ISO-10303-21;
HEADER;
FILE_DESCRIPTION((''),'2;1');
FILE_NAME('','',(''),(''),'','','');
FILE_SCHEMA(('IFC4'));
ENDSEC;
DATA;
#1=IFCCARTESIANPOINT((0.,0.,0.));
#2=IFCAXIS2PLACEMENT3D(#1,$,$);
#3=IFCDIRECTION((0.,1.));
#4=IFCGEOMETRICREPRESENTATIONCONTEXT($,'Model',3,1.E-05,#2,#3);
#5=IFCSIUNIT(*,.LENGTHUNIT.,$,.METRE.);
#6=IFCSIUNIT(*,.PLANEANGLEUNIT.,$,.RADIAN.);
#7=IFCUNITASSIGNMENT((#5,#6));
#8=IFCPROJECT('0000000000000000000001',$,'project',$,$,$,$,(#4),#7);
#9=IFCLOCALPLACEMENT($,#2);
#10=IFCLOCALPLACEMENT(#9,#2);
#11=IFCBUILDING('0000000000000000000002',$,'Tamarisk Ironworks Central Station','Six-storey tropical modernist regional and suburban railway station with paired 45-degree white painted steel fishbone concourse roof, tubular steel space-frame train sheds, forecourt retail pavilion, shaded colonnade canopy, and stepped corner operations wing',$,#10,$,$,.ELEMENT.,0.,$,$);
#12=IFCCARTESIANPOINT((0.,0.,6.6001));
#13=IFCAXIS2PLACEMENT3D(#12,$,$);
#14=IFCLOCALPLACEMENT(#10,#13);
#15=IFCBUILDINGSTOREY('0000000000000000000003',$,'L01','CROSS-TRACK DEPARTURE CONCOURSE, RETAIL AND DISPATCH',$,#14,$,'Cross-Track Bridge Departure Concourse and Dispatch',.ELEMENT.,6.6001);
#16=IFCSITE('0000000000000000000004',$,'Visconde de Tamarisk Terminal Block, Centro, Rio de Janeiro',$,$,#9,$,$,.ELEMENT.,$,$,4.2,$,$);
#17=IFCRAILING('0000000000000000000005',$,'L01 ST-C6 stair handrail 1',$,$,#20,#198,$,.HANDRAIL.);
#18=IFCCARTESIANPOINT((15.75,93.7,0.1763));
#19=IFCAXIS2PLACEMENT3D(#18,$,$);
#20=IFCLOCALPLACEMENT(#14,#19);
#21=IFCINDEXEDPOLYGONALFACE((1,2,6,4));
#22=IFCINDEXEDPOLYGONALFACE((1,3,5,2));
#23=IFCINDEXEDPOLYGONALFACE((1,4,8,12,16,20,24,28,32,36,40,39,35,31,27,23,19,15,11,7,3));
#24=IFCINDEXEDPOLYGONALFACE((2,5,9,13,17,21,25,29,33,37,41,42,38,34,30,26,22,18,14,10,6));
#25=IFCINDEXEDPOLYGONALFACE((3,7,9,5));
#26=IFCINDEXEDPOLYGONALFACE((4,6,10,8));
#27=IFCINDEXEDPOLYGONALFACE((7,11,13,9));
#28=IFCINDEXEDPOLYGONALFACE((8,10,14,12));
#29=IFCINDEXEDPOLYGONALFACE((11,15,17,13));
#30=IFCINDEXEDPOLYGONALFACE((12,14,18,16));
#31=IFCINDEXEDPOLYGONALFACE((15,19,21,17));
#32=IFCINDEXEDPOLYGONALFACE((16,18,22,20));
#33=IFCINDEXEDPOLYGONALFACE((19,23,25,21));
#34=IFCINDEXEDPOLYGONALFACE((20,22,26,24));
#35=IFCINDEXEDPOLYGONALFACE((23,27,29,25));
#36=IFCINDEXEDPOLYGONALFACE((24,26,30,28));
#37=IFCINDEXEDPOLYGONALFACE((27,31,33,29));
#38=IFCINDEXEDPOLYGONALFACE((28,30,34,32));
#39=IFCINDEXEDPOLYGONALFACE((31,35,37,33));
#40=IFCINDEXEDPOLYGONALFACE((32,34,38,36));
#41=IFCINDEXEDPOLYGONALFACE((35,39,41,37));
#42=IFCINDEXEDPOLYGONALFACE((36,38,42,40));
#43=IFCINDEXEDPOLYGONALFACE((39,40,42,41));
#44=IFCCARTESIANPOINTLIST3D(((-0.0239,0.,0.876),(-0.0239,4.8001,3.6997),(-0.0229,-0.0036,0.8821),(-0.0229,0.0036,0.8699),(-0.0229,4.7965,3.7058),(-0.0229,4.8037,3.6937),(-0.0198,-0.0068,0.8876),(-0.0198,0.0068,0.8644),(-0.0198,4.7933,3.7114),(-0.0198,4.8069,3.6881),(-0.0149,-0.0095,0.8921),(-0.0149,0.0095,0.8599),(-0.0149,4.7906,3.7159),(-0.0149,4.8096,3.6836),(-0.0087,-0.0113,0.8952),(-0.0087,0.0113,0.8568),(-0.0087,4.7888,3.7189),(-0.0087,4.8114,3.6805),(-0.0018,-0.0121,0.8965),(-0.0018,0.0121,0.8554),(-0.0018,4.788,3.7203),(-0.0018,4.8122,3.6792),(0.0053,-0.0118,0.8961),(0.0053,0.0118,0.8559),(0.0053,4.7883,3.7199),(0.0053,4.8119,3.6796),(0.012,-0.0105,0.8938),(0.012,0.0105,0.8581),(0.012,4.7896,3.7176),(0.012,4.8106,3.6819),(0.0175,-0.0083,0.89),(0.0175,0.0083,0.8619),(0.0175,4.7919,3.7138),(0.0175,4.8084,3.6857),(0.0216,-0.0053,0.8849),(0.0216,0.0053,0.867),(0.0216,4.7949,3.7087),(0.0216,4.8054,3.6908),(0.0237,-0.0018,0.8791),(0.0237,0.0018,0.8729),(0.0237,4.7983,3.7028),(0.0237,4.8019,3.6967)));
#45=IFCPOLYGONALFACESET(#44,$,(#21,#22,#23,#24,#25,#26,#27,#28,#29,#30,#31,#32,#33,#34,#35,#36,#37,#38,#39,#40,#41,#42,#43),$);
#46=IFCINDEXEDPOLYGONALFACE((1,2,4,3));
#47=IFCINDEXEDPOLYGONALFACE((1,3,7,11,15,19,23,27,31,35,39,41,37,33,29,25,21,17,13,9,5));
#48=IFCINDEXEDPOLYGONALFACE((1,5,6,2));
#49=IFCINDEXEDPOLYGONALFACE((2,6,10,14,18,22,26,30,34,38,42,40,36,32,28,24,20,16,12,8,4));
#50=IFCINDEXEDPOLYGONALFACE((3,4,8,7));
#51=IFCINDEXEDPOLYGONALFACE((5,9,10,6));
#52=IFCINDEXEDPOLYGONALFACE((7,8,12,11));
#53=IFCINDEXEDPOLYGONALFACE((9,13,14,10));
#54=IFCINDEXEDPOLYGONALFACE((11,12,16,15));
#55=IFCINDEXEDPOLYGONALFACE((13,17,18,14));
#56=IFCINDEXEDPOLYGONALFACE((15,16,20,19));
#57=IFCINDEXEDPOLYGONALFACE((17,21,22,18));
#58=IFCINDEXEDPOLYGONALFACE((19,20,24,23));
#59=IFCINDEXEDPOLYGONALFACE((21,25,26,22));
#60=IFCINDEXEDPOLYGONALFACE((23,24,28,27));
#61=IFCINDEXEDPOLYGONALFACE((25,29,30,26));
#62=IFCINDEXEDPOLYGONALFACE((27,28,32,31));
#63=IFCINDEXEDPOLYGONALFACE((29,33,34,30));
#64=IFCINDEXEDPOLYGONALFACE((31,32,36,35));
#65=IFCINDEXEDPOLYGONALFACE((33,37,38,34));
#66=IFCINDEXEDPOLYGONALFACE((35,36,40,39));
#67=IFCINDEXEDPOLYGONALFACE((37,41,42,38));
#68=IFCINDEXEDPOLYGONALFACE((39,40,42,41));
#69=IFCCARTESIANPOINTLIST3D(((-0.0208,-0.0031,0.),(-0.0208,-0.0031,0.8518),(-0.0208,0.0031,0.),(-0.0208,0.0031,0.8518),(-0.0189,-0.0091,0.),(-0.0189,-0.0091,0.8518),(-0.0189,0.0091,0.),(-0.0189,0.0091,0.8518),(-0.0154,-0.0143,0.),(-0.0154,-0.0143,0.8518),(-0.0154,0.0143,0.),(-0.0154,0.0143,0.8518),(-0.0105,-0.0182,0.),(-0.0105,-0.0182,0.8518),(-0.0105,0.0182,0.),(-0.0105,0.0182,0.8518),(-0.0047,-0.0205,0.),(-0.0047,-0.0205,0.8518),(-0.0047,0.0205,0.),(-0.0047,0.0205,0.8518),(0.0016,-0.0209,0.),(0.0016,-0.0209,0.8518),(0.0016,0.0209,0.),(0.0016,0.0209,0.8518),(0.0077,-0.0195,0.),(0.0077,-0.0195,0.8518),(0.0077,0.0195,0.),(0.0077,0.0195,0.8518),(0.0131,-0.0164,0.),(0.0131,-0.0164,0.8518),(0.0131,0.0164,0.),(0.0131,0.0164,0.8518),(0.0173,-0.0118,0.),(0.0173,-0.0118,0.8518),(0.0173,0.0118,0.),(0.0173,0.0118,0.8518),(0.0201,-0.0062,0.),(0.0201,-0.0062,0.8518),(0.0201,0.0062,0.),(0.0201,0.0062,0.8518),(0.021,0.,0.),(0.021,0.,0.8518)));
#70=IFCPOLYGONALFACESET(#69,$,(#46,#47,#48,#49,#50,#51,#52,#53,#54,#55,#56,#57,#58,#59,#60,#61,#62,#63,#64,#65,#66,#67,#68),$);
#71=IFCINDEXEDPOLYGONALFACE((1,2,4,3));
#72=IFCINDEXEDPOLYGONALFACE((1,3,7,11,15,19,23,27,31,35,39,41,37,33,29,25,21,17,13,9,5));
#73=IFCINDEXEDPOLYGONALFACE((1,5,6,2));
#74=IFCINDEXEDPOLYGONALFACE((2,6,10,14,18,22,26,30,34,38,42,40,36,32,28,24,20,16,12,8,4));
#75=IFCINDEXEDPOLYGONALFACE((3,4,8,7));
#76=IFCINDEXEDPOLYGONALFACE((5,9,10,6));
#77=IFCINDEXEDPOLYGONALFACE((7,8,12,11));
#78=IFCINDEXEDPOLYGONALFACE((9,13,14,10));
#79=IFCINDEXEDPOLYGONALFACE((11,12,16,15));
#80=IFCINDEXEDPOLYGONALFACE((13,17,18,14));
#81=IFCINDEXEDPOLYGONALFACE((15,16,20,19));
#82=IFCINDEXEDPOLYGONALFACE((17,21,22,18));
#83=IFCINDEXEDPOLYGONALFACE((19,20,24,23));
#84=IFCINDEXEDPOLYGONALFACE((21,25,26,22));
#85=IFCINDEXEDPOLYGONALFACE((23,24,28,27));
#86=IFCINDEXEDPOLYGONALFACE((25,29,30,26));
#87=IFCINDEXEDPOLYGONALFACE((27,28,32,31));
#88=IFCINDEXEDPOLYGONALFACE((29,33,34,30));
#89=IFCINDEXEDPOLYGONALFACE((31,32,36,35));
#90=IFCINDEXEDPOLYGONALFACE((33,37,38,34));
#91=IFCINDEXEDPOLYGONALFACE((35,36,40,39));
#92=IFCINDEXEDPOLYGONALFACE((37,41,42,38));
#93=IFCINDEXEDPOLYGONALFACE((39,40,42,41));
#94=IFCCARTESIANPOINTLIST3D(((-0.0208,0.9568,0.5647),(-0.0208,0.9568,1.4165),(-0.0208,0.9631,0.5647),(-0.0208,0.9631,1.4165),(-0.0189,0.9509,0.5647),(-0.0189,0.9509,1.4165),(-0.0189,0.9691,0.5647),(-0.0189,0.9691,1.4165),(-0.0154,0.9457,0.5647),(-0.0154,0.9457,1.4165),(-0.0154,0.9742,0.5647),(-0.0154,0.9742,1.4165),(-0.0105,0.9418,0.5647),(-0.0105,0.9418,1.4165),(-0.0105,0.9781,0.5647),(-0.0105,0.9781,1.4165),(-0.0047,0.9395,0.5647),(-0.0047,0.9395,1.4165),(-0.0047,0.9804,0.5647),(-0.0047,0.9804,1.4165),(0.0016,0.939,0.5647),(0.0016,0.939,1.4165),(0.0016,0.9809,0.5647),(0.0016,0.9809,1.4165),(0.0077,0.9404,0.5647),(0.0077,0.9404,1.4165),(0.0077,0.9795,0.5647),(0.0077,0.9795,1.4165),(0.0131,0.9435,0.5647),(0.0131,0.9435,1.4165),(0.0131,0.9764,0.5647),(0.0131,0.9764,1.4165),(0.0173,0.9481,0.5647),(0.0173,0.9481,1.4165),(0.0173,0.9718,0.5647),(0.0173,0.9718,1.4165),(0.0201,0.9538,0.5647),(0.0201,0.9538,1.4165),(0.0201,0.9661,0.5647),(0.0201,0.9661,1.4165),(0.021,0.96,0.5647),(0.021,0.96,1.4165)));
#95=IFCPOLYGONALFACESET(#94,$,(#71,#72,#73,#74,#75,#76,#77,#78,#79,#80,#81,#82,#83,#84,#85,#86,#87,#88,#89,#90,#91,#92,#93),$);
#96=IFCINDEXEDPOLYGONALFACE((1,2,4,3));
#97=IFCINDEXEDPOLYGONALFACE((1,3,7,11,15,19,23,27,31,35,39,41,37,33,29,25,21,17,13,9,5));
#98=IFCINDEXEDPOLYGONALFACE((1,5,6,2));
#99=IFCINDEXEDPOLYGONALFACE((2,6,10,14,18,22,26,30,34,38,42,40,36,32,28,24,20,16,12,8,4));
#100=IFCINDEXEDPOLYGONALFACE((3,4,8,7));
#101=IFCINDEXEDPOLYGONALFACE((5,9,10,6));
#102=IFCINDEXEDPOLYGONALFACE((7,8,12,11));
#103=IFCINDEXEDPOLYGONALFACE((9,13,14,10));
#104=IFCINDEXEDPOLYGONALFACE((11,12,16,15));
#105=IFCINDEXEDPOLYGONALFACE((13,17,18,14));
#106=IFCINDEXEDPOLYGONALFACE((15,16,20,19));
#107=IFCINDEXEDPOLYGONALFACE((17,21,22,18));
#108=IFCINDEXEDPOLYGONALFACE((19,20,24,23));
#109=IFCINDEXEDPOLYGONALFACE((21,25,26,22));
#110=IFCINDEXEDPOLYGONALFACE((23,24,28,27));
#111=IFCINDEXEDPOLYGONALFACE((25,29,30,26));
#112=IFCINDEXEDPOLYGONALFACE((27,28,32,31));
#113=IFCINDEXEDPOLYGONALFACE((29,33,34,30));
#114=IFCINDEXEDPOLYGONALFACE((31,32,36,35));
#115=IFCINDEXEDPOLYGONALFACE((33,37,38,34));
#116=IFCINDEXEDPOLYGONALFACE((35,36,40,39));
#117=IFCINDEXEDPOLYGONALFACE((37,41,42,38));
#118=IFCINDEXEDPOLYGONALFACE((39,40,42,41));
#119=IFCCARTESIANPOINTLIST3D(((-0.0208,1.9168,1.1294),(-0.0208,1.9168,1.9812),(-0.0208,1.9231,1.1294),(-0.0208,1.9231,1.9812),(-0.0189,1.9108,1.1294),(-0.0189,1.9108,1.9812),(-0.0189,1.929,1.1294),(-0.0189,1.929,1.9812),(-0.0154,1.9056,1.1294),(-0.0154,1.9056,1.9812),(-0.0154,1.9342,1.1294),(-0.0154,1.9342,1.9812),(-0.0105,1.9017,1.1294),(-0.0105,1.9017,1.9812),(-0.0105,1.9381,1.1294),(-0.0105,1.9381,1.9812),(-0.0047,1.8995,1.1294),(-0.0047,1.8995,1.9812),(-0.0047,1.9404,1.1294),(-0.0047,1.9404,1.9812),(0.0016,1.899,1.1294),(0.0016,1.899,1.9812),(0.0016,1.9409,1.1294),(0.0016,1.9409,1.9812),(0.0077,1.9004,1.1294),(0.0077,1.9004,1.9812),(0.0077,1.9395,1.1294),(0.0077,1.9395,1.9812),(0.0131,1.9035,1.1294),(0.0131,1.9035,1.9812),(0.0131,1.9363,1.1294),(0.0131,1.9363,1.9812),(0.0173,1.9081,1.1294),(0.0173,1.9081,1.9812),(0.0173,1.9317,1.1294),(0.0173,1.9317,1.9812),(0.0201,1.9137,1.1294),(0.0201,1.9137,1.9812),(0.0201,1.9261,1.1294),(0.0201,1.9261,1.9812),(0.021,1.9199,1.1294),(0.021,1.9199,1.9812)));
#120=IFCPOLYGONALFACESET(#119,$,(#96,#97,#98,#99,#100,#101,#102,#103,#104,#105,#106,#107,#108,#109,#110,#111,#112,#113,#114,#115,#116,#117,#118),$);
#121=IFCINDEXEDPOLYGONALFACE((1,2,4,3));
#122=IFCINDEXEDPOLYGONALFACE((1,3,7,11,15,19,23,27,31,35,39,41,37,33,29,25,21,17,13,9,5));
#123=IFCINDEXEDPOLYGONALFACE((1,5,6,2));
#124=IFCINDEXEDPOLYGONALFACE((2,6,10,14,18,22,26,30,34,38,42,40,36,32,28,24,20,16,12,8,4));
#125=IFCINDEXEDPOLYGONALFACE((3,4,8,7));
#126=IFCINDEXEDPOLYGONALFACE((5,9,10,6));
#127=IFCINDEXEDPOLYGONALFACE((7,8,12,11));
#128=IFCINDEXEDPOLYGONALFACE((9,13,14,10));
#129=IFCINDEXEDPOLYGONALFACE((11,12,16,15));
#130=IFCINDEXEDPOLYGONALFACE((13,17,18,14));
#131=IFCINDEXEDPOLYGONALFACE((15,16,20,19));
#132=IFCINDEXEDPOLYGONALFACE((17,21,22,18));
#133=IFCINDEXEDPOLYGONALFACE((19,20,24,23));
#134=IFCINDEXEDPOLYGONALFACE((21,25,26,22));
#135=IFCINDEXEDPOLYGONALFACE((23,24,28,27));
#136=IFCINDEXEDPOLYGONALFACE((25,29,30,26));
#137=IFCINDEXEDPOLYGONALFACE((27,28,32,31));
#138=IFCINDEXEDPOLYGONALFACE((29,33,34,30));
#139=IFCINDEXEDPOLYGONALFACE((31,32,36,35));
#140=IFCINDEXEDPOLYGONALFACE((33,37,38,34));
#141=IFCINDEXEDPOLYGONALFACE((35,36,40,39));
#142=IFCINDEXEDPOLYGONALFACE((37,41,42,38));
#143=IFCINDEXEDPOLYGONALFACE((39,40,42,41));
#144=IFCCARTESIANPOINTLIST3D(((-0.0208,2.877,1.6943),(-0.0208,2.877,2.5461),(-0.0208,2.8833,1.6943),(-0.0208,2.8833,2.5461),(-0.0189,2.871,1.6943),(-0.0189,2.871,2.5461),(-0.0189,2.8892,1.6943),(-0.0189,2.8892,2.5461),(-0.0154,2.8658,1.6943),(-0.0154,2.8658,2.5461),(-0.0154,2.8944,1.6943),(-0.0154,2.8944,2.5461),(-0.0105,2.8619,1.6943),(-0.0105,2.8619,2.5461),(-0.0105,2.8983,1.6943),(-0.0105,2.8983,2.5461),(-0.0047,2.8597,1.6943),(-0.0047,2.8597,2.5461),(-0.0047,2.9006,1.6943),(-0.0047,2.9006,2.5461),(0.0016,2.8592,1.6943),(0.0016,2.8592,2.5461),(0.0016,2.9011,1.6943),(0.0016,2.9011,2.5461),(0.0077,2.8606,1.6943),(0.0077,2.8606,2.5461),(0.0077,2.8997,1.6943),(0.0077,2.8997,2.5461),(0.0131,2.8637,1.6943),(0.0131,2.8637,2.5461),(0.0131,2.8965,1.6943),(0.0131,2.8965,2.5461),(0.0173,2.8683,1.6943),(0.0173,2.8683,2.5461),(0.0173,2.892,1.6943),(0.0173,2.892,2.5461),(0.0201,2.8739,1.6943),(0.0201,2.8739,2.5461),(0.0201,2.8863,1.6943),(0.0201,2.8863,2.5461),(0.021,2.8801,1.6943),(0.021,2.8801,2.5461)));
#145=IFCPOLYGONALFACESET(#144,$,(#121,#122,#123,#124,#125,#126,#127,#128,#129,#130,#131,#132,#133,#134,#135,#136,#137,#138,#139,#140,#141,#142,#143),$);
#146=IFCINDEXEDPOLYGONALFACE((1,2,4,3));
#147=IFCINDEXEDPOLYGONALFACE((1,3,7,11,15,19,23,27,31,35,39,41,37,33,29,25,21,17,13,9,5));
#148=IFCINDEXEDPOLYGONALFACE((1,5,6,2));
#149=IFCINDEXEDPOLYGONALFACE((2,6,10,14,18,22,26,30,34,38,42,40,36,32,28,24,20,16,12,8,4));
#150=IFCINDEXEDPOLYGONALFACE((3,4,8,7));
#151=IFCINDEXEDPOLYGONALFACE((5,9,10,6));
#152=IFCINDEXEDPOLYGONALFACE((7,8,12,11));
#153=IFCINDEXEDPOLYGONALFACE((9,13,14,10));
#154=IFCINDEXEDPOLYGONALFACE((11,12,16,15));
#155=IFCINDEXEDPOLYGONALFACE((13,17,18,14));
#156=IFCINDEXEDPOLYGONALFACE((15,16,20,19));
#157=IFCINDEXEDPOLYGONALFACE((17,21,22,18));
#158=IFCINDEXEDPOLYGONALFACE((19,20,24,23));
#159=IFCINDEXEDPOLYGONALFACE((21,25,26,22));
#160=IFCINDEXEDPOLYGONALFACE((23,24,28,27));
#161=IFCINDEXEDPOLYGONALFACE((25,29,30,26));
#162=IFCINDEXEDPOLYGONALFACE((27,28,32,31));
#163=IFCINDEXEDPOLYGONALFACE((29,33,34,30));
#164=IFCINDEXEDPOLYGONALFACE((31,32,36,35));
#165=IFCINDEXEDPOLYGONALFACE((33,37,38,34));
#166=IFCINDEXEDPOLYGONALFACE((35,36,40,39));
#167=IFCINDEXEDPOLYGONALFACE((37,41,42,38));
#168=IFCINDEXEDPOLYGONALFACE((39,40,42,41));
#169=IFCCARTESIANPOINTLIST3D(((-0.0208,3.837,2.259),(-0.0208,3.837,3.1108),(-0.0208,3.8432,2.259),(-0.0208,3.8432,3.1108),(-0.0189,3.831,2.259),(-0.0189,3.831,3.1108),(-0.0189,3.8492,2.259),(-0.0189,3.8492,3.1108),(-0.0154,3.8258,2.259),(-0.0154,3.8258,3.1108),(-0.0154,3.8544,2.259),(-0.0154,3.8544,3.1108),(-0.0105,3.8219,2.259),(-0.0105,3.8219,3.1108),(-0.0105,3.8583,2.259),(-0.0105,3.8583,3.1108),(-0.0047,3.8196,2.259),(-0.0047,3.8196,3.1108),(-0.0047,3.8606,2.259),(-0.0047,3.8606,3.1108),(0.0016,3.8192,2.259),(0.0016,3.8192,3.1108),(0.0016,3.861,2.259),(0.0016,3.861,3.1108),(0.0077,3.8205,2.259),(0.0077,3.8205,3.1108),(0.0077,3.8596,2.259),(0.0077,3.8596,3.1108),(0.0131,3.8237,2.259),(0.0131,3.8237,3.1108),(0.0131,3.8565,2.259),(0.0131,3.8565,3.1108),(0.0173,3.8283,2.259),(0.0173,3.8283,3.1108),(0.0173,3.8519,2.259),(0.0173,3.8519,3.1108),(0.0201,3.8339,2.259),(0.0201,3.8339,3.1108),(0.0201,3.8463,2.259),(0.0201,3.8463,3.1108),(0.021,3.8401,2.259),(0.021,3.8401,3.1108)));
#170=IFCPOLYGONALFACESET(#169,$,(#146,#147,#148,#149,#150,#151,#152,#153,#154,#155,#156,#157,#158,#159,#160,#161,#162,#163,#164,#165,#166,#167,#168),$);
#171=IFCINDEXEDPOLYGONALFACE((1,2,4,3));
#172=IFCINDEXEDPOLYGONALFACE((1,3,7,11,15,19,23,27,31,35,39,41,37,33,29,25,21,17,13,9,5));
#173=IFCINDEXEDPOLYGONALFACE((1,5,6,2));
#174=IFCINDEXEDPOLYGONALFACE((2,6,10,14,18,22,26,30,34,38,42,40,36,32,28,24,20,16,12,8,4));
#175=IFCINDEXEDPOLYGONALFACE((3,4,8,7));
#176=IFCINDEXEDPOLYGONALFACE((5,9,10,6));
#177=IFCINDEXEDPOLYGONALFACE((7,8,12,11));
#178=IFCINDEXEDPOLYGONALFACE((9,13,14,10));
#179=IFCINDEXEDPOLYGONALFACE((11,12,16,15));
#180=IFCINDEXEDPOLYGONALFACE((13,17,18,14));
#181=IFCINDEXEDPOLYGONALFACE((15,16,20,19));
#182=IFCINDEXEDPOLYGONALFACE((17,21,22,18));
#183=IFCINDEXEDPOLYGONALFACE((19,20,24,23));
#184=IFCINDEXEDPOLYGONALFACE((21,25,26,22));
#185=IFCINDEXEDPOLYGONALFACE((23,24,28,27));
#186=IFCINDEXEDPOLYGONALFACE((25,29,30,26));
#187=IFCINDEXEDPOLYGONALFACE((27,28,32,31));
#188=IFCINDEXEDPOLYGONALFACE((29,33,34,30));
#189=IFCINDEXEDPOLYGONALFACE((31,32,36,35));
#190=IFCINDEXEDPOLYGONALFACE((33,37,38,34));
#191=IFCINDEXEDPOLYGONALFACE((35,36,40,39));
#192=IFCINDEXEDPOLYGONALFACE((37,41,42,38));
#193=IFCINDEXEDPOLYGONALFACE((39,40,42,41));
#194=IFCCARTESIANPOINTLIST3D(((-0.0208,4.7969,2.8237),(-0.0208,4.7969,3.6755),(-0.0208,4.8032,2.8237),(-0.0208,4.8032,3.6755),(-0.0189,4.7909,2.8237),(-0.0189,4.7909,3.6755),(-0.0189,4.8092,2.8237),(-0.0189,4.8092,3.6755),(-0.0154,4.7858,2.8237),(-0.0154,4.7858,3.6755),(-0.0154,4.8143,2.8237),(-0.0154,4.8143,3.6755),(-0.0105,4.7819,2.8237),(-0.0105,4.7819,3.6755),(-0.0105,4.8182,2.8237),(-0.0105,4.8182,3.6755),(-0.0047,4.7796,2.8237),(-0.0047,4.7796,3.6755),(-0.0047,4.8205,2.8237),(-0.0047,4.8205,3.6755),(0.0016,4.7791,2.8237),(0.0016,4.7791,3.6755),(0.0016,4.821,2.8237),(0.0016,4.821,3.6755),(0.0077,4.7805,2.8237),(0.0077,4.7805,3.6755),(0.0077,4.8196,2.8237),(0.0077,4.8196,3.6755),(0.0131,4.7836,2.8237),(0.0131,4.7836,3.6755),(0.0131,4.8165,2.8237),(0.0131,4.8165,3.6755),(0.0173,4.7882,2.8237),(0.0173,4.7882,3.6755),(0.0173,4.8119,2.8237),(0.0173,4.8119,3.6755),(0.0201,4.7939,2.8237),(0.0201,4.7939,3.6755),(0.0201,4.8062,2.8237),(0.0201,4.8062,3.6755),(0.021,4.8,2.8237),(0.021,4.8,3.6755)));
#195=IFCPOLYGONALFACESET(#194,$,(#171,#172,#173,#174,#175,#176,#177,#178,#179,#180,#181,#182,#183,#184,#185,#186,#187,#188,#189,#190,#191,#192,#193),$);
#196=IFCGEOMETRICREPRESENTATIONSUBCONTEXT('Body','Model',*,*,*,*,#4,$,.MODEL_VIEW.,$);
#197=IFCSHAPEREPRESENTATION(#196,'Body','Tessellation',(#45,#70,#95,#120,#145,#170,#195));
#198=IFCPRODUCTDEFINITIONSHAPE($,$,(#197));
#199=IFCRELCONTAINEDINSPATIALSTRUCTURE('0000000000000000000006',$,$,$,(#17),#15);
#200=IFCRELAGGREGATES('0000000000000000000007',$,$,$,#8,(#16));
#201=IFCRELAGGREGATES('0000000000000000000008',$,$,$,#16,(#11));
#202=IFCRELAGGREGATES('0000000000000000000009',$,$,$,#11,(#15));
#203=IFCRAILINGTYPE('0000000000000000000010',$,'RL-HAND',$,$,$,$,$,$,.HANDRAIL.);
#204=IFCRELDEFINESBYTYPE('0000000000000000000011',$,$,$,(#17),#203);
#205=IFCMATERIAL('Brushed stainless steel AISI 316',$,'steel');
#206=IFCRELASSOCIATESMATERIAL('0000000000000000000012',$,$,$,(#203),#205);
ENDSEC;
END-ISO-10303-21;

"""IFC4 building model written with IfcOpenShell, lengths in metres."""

from ifc_helpers import new_model, si_unit, direction, frame, origin, origin_2d, place, context, subcontext, project, spatial, circle, extrude, material, type_object, element, save


model = new_model("IFC4")

# Units and contexts
model_context = context("Model", 3, precision=1e-05, world=origin(), true_north=direction((0.0, 1.0)))
body_context = subcontext(model_context, "Body", "Model", "MODEL_VIEW")
ifc_project = project(units=[si_unit("LENGTHUNIT", "METRE"), si_unit("PLANEANGLEUNIT", "RADIAN")], contexts=[model_context])

# Site, building, storey
site_placement = place(None, origin())
site = spatial("IfcSite", under=ifc_project, at=site_placement, Name="Visconde de Tamarisk Terminal Block, Centro, Rio de Janeiro", CompositionType="ELEMENT", RefElevation=4.2)
building_placement = place(site_placement, origin())
building = spatial("IfcBuilding", under=site, at=building_placement, Name="Tamarisk Ironworks Central Station", Description="Six-storey tropical modernist regional and suburban railway station with paired 45-degree white painted steel fishbone concourse roof, tubular steel space-frame train sheds, forecourt retail pavilion, shaded colonnade canopy, and stepped corner operations wing", CompositionType="ELEMENT", ElevationOfRefHeight=0.0)
storey_placement = place(building_placement, frame((0.0, 0.0, 6.6001)))
storey = spatial("IfcBuildingStorey", under=building, at=storey_placement, Name="L01", Description="CROSS-TRACK DEPARTURE CONCOURSE, RETAIL AND DISPATCH", LongName="Cross-Track Bridge Departure Concourse and Dispatch", CompositionType="ELEMENT", Elevation=6.6001)

# Shared definitions
ifc_material_1 = material(Name="Brushed stainless steel AISI 316", Category="steel")

# Railing
railing_type = type_object("IfcRailingType", Name="RL-HAND", PredefinedType="HANDRAIL", material=ifc_material_1)
railing_placement = place(storey_placement, frame((15.75, 93.7, 0.1763)))
element("IfcRailing", 1, at=railing_placement, inside=storey, type_object=railing_type, Name="L01 ST-C6 stair handrail 1", PredefinedType="HANDRAIL", context=body_context, shape_type="SweptSolid", body=[
    extrude(circle(Radius=0.0239, at=origin_2d()), frame((0.0, 0.0, 0.876), z_axis=(0.0, 0.861921, 0.507043), x_axis=(-1.0, 0.0, 0.0)), (0.0, 0.0, 1.0), 5.5691),
    extrude(circle(Radius=0.021, at=origin_2d()), origin(), (0.0, 0.0, 1.0), 0.8518),
    extrude(circle(Radius=0.021, at=origin_2d()), frame((0.0, 0.96, 0.5647)), (0.0, 0.0, 1.0), 0.8518),
    extrude(circle(Radius=0.021, at=origin_2d()), frame((0.0, 1.9199, 1.1294)), (0.0, 0.0, 1.0), 0.8518),
    extrude(circle(Radius=0.021, at=origin_2d()), frame((0.0, 2.8801, 1.6943)), (0.0, 0.0, 1.0), 0.8518),
    extrude(circle(Radius=0.021, at=origin_2d()), frame((0.0, 3.8401, 2.259)), (0.0, 0.0, 1.0), 0.8518),
    extrude(circle(Radius=0.021, at=origin_2d()), frame((0.0, 4.8, 2.8237)), (0.0, 0.0, 1.0), 0.8518),
])

save(model, "model.ifc")
